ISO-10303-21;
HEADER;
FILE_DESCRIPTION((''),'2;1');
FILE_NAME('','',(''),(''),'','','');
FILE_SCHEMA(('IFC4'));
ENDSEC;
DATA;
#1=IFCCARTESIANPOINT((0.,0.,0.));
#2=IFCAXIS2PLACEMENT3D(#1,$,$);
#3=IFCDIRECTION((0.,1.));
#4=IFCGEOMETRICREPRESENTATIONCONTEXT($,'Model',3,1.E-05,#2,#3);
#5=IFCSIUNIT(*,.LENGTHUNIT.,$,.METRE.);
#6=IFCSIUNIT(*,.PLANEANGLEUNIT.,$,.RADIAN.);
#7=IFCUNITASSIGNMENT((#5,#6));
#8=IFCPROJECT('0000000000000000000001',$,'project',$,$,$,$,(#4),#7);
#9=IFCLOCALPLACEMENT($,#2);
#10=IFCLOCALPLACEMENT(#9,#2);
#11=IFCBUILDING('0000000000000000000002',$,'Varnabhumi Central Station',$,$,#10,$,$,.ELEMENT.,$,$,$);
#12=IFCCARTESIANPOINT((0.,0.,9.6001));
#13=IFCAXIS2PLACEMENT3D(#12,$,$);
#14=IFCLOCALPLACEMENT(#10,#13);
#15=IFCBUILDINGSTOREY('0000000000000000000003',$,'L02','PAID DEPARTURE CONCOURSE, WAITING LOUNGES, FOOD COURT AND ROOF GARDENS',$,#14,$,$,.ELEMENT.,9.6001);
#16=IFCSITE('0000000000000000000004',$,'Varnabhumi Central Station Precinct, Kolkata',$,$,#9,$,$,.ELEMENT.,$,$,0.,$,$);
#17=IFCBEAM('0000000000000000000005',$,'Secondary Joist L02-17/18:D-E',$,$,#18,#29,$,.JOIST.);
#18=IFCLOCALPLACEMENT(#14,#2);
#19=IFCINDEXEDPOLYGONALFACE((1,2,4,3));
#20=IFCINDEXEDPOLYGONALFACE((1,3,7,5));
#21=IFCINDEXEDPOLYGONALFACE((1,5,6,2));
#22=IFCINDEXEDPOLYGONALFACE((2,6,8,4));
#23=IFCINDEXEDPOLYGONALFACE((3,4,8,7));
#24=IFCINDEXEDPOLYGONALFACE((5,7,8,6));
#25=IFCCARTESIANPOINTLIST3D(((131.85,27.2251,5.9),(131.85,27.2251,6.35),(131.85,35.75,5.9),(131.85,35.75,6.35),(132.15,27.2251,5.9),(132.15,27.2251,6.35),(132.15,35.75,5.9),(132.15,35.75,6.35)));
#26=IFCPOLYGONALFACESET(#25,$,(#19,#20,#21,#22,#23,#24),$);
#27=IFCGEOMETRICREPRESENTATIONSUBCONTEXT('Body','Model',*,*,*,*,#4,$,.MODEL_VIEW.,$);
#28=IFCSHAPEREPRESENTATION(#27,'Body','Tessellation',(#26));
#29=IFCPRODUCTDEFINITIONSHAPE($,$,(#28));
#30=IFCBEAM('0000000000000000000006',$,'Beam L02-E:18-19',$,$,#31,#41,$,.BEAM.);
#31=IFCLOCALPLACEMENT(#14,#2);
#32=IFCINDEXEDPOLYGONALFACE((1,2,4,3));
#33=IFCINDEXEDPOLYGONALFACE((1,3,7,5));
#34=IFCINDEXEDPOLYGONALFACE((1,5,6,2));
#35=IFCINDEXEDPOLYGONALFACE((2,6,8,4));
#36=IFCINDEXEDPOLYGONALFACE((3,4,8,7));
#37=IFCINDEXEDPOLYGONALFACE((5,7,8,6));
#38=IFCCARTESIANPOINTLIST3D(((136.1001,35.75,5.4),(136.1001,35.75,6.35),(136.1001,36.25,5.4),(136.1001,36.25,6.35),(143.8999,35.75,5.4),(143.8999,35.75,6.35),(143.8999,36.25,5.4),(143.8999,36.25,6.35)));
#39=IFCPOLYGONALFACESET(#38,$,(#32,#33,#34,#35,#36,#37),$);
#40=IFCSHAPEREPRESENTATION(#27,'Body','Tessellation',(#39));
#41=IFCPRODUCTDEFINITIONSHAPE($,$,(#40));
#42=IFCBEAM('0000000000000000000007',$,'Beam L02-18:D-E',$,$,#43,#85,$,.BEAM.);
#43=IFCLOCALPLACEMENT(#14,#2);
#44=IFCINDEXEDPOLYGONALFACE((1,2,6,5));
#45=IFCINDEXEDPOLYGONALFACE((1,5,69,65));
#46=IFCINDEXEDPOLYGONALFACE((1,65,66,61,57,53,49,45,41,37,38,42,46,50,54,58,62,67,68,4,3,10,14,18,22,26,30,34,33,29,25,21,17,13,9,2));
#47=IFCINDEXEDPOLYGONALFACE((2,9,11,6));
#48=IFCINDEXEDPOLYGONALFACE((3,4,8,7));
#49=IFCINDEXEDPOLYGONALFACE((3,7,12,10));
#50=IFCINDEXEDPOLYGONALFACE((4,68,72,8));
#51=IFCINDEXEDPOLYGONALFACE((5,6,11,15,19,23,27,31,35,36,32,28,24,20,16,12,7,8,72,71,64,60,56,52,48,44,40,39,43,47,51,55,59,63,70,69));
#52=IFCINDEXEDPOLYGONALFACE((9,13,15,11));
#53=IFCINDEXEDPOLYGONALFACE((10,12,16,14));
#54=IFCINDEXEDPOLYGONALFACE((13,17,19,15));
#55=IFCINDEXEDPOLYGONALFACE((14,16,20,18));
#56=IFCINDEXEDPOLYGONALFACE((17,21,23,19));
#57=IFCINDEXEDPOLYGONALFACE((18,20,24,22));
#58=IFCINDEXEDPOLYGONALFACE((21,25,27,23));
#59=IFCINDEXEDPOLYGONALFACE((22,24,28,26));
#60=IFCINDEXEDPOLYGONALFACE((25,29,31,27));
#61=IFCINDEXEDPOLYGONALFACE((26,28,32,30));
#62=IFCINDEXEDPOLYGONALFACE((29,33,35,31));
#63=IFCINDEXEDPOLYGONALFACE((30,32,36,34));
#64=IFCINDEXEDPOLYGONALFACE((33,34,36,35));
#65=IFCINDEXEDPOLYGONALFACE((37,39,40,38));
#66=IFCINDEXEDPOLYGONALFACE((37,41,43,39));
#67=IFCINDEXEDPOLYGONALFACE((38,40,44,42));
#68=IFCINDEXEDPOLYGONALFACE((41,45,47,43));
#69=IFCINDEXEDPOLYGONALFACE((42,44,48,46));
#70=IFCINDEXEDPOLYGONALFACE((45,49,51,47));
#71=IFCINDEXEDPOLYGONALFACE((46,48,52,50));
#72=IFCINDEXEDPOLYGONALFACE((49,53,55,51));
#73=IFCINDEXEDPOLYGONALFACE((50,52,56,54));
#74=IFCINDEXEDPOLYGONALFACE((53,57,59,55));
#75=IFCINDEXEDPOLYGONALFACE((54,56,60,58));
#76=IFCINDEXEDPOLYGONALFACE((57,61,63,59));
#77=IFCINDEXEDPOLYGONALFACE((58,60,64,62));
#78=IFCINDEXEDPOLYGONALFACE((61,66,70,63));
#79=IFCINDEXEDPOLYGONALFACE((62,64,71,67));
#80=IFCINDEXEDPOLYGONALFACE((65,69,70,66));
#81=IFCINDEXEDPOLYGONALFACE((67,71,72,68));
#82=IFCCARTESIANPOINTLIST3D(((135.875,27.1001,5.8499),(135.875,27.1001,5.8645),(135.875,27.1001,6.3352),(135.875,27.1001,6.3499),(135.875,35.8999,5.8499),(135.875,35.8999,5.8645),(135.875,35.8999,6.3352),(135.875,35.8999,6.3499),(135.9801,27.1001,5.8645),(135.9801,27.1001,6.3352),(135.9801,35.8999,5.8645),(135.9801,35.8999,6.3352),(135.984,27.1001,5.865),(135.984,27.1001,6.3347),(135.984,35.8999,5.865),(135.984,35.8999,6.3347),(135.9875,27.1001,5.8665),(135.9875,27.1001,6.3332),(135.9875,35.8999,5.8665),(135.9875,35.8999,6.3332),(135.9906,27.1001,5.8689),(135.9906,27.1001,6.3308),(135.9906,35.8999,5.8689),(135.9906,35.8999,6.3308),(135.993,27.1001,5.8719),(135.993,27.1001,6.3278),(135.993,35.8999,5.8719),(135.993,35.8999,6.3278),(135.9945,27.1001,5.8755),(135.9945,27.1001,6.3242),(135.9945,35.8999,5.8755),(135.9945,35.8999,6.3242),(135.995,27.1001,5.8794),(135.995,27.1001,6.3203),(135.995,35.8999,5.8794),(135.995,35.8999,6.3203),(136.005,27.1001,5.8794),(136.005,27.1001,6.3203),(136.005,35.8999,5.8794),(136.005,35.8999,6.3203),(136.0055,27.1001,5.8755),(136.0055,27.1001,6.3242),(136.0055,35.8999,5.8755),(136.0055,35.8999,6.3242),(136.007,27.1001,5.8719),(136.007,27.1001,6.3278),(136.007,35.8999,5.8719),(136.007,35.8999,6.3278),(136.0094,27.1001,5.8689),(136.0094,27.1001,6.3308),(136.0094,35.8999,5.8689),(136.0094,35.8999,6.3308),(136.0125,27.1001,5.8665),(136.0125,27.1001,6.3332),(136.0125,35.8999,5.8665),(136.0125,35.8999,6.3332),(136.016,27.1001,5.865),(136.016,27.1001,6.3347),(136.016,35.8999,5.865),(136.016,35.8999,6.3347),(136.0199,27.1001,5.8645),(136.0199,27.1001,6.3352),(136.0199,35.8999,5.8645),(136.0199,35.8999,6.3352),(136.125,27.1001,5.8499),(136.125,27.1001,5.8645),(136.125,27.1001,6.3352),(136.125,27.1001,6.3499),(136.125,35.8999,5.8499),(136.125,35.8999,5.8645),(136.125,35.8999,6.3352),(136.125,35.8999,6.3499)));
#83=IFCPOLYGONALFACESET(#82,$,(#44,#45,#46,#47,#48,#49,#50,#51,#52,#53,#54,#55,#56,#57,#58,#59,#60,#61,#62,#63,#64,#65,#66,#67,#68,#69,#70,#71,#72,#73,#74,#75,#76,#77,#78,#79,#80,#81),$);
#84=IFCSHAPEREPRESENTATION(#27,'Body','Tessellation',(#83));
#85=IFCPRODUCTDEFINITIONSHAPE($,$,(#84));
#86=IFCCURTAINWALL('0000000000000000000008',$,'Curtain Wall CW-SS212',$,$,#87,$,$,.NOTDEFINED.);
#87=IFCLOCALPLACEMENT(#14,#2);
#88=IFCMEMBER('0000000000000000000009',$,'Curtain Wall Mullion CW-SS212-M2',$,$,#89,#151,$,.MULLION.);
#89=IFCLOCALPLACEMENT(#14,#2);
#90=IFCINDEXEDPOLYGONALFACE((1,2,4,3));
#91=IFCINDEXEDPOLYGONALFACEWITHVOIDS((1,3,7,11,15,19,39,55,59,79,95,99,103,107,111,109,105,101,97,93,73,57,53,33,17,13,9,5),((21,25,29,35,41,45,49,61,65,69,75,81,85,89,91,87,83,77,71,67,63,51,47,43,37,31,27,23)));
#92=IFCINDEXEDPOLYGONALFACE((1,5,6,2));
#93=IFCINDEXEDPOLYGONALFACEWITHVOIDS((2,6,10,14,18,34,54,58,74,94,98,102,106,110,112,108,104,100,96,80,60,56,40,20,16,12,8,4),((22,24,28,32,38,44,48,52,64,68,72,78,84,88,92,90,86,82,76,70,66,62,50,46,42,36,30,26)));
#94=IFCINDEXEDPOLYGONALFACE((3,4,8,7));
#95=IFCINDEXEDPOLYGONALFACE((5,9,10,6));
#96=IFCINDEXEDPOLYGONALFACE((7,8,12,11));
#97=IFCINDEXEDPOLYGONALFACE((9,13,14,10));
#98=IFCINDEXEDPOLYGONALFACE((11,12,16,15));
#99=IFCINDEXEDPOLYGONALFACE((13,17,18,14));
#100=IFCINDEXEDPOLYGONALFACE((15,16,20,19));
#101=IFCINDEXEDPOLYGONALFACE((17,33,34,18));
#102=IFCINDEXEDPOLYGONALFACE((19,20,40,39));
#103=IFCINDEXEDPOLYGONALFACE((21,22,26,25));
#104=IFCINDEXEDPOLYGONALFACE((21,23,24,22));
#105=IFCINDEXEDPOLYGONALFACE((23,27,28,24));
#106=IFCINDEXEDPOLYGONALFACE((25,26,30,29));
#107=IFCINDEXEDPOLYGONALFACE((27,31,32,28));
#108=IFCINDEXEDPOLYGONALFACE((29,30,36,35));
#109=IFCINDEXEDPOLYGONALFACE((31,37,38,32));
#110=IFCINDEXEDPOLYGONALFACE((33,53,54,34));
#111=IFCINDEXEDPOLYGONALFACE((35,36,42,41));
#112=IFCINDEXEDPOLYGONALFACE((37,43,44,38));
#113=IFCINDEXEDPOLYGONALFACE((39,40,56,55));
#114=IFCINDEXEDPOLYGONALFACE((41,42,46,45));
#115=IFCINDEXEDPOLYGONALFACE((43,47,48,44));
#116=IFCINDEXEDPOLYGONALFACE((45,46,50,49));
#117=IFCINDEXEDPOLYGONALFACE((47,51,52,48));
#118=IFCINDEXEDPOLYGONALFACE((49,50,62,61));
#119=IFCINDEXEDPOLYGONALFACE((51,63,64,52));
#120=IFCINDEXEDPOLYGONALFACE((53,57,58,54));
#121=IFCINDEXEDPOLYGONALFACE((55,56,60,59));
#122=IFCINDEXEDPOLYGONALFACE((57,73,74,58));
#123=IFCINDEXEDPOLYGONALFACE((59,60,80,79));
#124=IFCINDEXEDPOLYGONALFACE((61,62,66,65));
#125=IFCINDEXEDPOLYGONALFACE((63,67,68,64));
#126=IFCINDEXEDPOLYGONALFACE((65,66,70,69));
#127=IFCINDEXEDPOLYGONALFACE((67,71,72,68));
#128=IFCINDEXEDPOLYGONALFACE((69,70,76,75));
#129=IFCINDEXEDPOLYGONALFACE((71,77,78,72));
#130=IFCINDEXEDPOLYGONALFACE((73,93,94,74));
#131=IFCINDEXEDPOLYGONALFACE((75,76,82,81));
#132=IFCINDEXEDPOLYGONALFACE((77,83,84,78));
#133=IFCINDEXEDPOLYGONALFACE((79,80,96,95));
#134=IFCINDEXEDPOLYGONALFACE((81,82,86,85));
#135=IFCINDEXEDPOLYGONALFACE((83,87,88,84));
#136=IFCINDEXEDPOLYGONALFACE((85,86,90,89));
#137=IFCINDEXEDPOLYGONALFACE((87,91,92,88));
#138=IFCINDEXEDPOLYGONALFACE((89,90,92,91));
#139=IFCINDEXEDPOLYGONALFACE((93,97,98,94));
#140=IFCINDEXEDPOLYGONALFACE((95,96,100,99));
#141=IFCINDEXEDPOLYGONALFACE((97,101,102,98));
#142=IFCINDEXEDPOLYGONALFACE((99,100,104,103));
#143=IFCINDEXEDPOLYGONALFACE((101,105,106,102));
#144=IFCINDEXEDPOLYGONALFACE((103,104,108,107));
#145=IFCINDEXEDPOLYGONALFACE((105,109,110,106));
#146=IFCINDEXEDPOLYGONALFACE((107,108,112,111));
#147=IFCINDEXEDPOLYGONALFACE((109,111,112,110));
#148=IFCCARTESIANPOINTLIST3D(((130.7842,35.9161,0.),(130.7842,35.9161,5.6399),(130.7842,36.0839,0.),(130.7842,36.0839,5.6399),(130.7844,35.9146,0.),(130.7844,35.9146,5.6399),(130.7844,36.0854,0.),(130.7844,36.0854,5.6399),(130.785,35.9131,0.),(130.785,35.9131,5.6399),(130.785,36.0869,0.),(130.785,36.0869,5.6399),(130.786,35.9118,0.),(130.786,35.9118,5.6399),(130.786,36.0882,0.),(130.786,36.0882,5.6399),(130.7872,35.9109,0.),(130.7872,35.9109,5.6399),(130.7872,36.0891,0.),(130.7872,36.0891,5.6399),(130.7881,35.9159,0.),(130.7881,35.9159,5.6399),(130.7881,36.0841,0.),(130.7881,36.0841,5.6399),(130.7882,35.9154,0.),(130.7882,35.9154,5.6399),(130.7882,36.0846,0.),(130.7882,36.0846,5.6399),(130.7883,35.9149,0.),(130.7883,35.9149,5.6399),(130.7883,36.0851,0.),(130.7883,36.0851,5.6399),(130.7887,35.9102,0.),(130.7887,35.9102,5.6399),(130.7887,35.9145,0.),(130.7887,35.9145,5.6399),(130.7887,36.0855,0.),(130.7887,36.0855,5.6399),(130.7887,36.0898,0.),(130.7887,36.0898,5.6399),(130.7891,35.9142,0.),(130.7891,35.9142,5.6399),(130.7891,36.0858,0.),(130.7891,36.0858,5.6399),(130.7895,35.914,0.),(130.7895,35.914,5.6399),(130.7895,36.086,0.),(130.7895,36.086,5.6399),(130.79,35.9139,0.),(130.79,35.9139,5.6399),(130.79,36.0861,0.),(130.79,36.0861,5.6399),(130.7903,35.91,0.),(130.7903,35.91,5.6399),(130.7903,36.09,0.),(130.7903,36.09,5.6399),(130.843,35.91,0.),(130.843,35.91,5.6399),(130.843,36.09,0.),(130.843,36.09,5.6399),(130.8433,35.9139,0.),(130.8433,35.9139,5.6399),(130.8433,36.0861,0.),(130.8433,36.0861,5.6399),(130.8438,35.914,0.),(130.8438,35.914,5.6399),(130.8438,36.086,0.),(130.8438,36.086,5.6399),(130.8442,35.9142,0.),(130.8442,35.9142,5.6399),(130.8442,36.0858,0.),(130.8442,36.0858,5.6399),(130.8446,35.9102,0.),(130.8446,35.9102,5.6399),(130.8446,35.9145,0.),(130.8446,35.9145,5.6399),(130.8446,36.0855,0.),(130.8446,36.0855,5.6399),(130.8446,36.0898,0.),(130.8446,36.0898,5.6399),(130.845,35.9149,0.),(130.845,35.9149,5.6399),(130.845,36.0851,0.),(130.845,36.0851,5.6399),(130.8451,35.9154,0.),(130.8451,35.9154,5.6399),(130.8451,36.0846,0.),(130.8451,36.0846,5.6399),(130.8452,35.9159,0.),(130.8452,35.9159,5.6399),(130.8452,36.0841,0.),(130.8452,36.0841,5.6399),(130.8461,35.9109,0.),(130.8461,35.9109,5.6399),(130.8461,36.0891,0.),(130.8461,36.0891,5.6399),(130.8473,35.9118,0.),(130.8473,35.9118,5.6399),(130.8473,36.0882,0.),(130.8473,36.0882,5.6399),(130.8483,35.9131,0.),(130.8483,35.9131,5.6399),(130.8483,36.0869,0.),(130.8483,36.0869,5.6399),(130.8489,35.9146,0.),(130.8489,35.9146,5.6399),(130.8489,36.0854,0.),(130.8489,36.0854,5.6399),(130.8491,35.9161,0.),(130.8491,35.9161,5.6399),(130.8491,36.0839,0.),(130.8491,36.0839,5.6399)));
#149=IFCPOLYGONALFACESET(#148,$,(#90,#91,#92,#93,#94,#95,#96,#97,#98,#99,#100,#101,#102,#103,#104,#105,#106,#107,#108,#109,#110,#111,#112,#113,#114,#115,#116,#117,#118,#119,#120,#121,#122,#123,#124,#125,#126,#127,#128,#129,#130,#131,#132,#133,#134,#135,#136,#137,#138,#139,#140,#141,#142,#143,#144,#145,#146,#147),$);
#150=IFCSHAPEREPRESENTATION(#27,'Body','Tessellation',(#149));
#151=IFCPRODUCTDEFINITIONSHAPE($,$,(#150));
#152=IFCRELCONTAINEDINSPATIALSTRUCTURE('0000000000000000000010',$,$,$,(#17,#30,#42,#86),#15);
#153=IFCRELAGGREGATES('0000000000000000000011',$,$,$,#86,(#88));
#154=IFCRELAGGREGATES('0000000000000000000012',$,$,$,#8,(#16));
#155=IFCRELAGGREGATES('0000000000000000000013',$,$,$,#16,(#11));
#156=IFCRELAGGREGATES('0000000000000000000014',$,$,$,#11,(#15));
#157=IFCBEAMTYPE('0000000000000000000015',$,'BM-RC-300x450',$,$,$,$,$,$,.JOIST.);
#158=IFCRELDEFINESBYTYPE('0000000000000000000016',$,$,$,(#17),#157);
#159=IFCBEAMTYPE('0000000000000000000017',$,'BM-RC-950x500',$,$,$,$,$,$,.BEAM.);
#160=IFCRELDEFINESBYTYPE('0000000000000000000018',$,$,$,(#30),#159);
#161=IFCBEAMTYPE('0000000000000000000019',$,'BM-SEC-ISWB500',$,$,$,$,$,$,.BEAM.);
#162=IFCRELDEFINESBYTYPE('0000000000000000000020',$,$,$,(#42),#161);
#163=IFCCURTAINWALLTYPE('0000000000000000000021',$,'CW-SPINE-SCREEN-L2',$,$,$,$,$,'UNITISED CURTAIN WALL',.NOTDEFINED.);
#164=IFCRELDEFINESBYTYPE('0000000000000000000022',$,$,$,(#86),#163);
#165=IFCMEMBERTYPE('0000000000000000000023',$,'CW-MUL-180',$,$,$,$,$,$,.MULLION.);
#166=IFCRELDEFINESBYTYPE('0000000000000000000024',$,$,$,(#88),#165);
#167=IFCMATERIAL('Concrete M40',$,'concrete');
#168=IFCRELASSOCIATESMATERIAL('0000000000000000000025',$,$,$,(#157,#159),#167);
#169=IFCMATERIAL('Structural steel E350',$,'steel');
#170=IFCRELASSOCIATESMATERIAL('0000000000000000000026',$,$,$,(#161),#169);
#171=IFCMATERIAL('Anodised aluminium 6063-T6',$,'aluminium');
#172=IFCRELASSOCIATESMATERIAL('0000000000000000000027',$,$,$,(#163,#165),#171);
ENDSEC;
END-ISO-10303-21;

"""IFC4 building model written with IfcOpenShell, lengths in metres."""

from ifc_helpers import new_model, si_unit, direction, frame, origin, origin_2d, place, context, subcontext, project, spatial, rectangle, hollow_rectangle, i_section, extrude, material, material_profile, profile_set, type_object, element, aggregate, save


model = new_model("IFC4")

# Units and contexts
model_context = context("Model", 3, precision=1e-05, world=origin(), true_north=direction((0.0, 1.0)))
body_context = subcontext(model_context, "Body", "Model", "MODEL_VIEW")
ifc_project = project(units=[si_unit("LENGTHUNIT", "METRE"), si_unit("PLANEANGLEUNIT", "RADIAN")], contexts=[model_context])

# Site, building, storey
site_placement = place(None, origin())
site = spatial("IfcSite", under=ifc_project, at=site_placement, Name="Varnabhumi Central Station Precinct, Kolkata", CompositionType="ELEMENT", RefElevation=0.0)
building_placement = place(site_placement, origin())
building = spatial("IfcBuilding", under=site, at=building_placement, Name="Varnabhumi Central Station", CompositionType="ELEMENT")
storey_placement = place(building_placement, frame((0.0, 0.0, 9.6001)))
storey = spatial("IfcBuildingStorey", under=building, at=storey_placement, Name="L02", Description="PAID DEPARTURE CONCOURSE, WAITING LOUNGES, FOOD COURT AND ROOF GARDENS", CompositionType="ELEMENT", Elevation=9.6001)

# Beams
ifc_material_1 = material(Name="Structural steel E350", Category="steel")
ifc_material_2 = material(Name="Concrete M40", Category="concrete")
ifc_material_profile_1 = material_profile(ifc_material_2, rectangle(XDim=0.3, YDim=0.45, at=origin_2d()), Name="Concrete M40", Category="concrete")
ifc_profile_set_1 = profile_set([ifc_material_profile_1], Name="Concrete M40")
beam_type_1 = type_object("IfcBeamType", Name="BM-RC-300x450", PredefinedType="JOIST", material=ifc_profile_set_1)
beam_1_placement = place(storey_placement, frame((132.0, 27.2251, 6.125), z_axis=(0.0, 1.0, 0.0), x_axis=(-1.0, 0.0, 0.0)))
element("IfcBeam", 1, at=beam_1_placement, inside=storey, type_object=beam_type_1, Name="Secondary Joist L02-17/18:D-E", PredefinedType="JOIST", context=body_context, shape_type="SweptSolid", body=[
    extrude(rectangle(XDim=0.3, YDim=0.45, at=origin_2d()), origin(), (0.0, 0.0, 1.0), 8.5249),
])
ifc_material_profile_2 = material_profile(ifc_material_2, rectangle(XDim=0.5, YDim=0.95, at=origin_2d()), Name="Concrete M40", Category="concrete")
ifc_profile_set_2 = profile_set([ifc_material_profile_2], Name="Concrete M40")
beam_type_2 = type_object("IfcBeamType", Name="BM-RC-950x500", PredefinedType="BEAM", material=ifc_profile_set_2)
beam_2_placement = place(storey_placement, frame((136.1001, 36.0, 5.875), z_axis=(1.0, 0.0, 0.0), x_axis=(0.0, 1.0, 0.0)))
element("IfcBeam", 2, at=beam_2_placement, inside=storey, type_object=beam_type_2, Name="Beam L02-E:18-19", PredefinedType="BEAM", context=body_context, shape_type="SweptSolid", body=[
    extrude(rectangle(XDim=0.5, YDim=0.95, at=origin_2d()), origin(), (0.0, 0.0, 1.0), 7.7998),
])
ifc_material_profile_3 = material_profile(ifc_material_1, i_section(OverallWidth=0.25, OverallDepth=0.5, WebThickness=0.01, FlangeThickness=0.0146, FilletRadius=0.0149, at=origin_2d()), Name="Structural steel E350", Category="steel")
ifc_profile_set_3 = profile_set([ifc_material_profile_3], Name="Structural steel E350")
beam_type_3 = type_object("IfcBeamType", Name="BM-SEC-ISWB500", PredefinedType="BEAM", material=ifc_profile_set_3)
beam_3_placement = place(storey_placement, frame((136.0, 27.1001, 6.0999), z_axis=(0.0, 1.0, 0.0), x_axis=(-1.0, 0.0, 0.0)))
element("IfcBeam", 3, at=beam_3_placement, inside=storey, type_object=beam_type_3, Name="Beam L02-18:D-E", PredefinedType="BEAM", context=body_context, shape_type="SweptSolid", body=[
    extrude(i_section(OverallWidth=0.25, OverallDepth=0.5, WebThickness=0.01, FlangeThickness=0.0146, FilletRadius=0.0149, at=origin_2d()), origin(), (0.0, 0.0, 1.0), 8.7998),
])

# Curtain wall, member
ifc_material_3 = material(Name="Anodised aluminium 6063-T6", Category="aluminium")
curtain_wall_type = type_object("IfcCurtainWallType", Name="CW-SPINE-SCREEN-L2", ElementType="UNITISED CURTAIN WALL", PredefinedType="NOTDEFINED", material=ifc_material_3)
curtain_wall_placement = place(storey_placement, origin())
curtain_wall = element("IfcCurtainWall", 4, at=curtain_wall_placement, inside=storey, type_object=curtain_wall_type, Name="Curtain Wall CW-SS212", PredefinedType="NOTDEFINED")
ifc_material_profile_4 = material_profile(ifc_material_3, hollow_rectangle(XDim=0.0649, YDim=0.1799, WallThickness=0.0039, InnerFilletRadius=0.002, OuterFilletRadius=0.0061, at=origin_2d()), Name="Anodised aluminium 6063-T6", Category="aluminium")
ifc_profile_set_4 = profile_set([ifc_material_profile_4], Name="Anodised aluminium 6063-T6")
member_type_1 = type_object("IfcMemberType", Name="CW-MUL-180", PredefinedType="MULLION", material=ifc_profile_set_4)
member_1_placement = place(storey_placement, frame((130.8167, 36.0, 0.0), z_axis=(0.0, 0.0, 1.0), x_axis=(1.0, 0.0, 0.0)))
member_1 = element("IfcMember", 5, at=member_1_placement, type_object=member_type_1, Name="Curtain Wall Mullion CW-SS212-M2", PredefinedType="MULLION", context=body_context, shape_type="SweptSolid", body=[
    extrude(hollow_rectangle(XDim=0.0649, YDim=0.1799, WallThickness=0.0039, InnerFilletRadius=0.002, OuterFilletRadius=0.0061, at=origin_2d()), origin(), (0.0, 0.0, 1.0), 5.6399),
])

aggregate(curtain_wall, [member_1])

save(model, "model.ifc")
